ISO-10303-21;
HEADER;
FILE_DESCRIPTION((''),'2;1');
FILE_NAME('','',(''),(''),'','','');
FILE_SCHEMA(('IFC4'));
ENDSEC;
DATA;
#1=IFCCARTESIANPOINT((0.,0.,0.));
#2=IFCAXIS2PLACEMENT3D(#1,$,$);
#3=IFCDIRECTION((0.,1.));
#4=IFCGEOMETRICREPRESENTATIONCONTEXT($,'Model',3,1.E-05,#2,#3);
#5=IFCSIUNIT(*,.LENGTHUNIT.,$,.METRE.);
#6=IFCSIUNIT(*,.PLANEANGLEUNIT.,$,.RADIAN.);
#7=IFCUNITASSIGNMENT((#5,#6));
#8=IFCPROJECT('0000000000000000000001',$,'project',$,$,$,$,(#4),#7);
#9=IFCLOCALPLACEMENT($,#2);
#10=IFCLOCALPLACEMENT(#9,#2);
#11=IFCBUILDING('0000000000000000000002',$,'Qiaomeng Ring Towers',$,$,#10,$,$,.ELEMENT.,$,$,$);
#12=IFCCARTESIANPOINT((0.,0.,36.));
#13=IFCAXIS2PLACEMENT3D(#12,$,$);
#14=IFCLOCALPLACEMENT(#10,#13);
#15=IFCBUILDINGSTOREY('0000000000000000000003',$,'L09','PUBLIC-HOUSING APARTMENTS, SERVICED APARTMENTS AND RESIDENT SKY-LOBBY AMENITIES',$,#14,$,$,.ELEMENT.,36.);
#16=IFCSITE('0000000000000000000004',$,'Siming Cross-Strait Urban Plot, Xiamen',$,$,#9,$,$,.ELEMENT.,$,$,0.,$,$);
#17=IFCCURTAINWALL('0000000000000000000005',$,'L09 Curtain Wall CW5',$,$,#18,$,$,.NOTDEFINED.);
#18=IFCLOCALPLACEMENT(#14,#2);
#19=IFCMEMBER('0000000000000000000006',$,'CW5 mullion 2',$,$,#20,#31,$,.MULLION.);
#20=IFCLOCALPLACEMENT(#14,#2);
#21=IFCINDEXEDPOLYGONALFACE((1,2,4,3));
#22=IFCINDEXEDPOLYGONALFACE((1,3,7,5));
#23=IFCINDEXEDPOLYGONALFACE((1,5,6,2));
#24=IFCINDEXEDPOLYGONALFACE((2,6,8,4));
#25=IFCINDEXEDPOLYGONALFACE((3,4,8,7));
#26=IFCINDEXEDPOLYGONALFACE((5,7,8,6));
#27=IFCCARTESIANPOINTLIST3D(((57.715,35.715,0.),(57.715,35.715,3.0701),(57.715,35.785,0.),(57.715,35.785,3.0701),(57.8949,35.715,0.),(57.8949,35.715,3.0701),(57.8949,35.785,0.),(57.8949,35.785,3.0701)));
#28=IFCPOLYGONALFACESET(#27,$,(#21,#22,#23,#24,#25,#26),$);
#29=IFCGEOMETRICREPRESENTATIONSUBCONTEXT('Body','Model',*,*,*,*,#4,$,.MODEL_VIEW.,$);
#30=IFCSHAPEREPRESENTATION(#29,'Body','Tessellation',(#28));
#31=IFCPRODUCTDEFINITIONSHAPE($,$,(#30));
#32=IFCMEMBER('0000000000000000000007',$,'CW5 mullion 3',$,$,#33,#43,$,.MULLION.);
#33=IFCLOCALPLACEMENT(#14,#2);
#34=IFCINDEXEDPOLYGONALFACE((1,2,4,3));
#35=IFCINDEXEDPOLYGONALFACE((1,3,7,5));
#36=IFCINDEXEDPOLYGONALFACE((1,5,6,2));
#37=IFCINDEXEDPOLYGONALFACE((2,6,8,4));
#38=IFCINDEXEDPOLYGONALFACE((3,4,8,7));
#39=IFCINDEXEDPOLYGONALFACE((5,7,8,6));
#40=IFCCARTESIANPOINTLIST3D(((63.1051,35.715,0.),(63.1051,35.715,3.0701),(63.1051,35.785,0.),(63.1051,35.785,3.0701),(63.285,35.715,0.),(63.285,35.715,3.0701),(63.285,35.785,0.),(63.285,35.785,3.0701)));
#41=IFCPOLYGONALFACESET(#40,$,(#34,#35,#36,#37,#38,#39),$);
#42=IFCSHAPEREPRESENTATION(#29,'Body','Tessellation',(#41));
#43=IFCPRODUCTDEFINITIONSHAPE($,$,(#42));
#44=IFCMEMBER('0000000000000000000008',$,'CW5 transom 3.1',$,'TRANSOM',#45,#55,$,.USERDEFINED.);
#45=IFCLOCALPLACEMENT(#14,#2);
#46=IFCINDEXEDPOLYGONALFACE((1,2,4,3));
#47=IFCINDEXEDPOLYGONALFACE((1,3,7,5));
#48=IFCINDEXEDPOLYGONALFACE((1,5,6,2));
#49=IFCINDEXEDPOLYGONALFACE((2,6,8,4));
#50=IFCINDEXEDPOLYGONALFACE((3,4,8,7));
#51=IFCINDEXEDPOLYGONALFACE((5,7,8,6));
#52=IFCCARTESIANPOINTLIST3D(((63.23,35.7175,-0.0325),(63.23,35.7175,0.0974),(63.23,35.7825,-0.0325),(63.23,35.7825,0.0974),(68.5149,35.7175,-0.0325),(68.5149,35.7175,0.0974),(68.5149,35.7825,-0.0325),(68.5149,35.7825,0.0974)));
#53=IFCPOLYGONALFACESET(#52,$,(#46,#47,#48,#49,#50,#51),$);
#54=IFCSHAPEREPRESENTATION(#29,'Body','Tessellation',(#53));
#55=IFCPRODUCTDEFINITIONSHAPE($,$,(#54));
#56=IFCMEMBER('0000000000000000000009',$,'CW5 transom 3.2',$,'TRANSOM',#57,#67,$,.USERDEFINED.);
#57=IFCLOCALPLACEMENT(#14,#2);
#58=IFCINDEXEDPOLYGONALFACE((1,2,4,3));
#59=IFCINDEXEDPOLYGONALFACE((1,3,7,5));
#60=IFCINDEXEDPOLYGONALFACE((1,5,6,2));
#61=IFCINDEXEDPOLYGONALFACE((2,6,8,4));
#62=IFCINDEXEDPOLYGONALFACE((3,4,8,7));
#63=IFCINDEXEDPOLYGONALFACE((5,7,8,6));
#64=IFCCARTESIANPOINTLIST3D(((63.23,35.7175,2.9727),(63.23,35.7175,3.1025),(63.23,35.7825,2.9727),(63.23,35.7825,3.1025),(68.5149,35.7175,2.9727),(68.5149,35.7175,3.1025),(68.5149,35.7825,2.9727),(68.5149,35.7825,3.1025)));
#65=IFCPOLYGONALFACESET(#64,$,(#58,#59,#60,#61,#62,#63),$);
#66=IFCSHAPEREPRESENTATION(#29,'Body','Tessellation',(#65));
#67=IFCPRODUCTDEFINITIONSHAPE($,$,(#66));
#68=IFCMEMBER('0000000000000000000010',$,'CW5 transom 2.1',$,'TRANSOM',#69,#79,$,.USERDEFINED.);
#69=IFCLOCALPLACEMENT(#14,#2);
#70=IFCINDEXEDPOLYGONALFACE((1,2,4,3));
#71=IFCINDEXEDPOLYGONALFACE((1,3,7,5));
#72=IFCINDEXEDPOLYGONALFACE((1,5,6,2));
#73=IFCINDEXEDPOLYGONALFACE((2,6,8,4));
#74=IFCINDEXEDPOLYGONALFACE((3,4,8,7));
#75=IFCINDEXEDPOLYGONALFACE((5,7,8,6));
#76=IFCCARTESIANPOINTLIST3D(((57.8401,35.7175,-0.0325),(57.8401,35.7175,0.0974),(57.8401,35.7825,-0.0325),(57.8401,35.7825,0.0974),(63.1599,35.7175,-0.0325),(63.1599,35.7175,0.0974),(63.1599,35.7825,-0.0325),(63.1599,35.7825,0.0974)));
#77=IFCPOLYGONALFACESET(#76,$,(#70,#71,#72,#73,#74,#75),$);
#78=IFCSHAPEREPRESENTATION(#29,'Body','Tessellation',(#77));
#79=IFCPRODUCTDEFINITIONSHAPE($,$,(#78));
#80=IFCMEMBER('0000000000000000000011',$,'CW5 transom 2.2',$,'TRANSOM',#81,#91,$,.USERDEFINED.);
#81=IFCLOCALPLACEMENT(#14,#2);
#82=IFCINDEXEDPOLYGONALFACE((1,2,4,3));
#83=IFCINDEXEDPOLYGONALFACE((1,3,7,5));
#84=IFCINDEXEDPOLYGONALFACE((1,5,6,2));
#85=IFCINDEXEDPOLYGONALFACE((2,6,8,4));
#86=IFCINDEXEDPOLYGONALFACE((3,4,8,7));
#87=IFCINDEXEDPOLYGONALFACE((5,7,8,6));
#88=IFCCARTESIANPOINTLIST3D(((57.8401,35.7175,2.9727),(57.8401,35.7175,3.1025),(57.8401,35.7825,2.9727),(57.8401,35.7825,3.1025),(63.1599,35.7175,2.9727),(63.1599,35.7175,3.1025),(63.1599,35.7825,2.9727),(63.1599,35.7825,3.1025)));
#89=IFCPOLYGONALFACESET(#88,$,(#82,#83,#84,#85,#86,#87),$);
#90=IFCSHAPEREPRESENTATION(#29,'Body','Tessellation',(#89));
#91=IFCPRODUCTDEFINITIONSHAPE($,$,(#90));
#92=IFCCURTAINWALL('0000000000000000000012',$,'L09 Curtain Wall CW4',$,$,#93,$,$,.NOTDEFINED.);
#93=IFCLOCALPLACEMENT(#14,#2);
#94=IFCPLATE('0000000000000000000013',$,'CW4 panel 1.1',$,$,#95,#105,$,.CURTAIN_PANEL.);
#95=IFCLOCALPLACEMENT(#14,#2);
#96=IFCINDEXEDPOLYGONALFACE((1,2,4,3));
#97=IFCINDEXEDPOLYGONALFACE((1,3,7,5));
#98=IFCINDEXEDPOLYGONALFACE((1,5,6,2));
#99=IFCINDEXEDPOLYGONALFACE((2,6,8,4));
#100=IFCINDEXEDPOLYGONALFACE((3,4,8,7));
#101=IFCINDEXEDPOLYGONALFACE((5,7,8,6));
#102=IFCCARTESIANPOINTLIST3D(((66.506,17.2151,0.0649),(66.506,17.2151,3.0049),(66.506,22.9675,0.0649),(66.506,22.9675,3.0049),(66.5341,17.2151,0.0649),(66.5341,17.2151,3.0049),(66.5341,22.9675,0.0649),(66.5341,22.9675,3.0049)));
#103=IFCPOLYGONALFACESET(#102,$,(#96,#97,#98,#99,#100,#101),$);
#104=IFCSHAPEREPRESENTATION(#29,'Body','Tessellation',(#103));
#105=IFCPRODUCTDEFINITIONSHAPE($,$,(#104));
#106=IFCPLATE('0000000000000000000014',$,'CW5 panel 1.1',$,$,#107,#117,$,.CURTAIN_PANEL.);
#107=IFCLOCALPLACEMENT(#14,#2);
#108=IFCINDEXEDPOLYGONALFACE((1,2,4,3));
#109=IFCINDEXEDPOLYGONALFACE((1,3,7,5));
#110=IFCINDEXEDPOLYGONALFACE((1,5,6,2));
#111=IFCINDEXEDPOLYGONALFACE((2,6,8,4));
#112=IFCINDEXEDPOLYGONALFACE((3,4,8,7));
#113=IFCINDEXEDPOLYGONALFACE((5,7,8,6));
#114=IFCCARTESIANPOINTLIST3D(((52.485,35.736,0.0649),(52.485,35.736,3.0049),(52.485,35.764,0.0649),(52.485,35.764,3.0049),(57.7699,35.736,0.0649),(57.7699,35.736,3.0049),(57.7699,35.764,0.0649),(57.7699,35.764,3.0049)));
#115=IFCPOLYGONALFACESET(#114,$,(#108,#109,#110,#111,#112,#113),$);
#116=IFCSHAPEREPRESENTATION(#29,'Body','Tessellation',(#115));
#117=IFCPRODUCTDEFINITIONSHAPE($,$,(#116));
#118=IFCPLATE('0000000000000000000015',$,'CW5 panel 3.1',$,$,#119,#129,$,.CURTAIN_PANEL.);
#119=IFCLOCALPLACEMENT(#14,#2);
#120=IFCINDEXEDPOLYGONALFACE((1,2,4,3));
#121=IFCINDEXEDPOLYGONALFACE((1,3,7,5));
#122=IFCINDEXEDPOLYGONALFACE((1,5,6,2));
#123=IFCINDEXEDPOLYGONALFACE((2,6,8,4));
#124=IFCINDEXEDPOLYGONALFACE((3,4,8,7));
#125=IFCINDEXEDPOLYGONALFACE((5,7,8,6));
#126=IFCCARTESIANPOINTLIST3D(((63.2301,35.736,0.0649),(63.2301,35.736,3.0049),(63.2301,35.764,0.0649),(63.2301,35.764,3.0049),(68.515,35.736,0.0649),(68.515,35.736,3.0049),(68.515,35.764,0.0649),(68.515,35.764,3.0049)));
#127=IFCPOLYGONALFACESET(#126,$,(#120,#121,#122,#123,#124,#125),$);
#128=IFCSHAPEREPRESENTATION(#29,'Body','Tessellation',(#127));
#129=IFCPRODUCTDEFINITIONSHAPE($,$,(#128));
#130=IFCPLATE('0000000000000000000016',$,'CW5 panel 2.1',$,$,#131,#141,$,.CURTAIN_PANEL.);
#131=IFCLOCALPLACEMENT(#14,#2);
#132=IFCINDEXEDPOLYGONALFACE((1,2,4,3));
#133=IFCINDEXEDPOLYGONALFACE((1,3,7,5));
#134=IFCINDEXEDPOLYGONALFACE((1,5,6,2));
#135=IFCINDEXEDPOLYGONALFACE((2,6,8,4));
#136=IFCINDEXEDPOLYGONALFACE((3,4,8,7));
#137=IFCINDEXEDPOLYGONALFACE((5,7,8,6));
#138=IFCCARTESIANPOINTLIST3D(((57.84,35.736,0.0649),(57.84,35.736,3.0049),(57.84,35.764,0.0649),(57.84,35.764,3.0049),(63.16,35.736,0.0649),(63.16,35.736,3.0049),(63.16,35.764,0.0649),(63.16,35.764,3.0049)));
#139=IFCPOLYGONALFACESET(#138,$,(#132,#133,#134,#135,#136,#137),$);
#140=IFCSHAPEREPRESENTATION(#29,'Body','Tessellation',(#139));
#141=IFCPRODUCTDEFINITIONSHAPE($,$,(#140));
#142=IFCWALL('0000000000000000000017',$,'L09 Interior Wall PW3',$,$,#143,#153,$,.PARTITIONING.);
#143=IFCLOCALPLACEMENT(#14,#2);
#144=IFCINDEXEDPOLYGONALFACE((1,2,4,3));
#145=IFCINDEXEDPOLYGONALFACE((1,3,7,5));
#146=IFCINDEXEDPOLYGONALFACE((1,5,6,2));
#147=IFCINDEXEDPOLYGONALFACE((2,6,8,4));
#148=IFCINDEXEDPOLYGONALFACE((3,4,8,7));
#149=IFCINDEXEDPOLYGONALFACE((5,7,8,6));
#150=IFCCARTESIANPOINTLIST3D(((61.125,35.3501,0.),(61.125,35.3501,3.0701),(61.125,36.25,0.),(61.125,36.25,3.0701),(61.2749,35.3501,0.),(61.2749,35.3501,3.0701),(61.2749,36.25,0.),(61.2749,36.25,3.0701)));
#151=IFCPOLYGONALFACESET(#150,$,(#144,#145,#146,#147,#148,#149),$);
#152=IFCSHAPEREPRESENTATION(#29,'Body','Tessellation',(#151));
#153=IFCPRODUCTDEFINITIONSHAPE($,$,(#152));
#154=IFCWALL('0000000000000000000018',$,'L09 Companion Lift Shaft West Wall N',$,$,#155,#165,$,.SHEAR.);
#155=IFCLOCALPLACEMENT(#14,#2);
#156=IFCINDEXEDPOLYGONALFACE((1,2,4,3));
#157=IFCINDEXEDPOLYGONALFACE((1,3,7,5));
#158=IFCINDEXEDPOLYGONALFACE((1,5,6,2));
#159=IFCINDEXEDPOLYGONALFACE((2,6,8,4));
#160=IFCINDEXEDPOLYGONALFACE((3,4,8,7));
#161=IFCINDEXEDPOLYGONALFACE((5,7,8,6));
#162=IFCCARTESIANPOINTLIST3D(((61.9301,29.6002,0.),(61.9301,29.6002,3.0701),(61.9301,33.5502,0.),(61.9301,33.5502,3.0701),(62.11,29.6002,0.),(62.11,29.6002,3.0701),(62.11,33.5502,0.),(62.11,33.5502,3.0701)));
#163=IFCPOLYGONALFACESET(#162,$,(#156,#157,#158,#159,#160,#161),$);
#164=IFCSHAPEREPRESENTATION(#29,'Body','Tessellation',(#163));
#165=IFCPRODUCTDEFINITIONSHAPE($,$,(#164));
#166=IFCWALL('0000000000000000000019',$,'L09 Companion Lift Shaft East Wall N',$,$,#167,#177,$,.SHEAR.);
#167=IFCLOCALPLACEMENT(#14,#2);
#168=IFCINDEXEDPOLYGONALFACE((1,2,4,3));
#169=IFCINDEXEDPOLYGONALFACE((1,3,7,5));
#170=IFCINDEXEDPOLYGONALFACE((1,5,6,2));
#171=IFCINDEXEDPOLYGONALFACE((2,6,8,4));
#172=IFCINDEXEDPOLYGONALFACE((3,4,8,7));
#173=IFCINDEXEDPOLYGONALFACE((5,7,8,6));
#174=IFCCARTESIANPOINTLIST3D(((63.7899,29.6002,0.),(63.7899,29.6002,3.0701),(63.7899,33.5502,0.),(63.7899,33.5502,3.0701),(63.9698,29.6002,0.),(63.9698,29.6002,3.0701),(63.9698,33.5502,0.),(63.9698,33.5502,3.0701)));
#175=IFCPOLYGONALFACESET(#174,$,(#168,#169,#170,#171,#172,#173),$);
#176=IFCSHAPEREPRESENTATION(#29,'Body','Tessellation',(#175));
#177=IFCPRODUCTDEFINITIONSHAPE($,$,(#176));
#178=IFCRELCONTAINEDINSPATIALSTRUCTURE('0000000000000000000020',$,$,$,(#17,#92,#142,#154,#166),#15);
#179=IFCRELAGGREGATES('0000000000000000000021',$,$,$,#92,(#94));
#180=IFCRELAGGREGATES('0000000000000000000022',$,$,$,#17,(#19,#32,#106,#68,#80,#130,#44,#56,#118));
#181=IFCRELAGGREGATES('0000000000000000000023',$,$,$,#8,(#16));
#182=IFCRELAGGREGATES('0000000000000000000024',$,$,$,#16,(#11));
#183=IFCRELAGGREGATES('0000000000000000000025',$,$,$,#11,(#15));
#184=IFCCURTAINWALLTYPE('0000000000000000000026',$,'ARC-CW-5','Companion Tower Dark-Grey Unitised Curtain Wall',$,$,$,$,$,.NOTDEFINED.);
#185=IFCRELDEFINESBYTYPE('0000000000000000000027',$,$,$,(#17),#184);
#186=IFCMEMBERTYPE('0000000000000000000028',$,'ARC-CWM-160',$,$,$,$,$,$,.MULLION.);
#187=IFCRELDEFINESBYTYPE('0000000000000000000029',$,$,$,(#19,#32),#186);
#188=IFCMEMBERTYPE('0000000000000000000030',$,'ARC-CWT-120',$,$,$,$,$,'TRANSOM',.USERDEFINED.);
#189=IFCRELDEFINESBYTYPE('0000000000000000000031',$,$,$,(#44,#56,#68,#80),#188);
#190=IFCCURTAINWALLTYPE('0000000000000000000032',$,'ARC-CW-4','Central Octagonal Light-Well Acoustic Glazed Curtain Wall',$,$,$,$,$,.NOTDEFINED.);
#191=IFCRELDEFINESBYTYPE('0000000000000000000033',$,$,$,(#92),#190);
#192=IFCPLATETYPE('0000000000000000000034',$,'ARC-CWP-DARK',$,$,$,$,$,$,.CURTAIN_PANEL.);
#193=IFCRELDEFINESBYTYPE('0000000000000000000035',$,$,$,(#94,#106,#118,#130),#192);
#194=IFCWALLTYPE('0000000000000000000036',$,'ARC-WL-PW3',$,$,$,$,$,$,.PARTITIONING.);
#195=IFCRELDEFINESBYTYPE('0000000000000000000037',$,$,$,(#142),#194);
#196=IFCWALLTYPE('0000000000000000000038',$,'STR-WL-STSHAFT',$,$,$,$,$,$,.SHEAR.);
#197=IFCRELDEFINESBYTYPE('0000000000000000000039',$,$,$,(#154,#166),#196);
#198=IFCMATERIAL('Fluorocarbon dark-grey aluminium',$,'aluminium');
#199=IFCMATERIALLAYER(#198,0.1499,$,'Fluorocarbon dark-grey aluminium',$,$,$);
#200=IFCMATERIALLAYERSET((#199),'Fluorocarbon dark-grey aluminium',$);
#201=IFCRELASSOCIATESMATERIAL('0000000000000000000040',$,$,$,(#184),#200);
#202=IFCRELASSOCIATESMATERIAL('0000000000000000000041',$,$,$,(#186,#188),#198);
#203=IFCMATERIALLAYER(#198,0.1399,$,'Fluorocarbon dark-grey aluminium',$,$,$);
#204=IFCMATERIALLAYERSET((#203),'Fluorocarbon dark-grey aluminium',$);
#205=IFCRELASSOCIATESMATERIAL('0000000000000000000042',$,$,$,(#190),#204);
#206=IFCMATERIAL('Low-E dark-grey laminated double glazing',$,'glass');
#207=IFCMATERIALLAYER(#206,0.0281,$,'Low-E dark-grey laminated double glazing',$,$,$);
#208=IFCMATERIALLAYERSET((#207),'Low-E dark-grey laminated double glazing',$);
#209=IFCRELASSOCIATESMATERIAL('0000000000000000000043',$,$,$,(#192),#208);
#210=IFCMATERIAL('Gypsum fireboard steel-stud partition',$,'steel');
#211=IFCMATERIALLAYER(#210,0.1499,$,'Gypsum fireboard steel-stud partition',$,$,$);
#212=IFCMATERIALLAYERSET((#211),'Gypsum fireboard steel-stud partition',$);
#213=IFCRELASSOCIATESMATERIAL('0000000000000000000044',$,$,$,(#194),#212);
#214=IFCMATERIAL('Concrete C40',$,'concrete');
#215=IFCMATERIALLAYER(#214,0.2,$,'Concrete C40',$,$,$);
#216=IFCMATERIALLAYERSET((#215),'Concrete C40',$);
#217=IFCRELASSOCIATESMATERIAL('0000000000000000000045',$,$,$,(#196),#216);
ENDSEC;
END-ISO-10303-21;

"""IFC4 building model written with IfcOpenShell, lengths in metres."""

from ifc_helpers import new_model, si_unit, direction, frame, frame_2d, origin, origin_2d, place, context, subcontext, project, spatial, rectangle, extrude, source, transform, mapped, material, layer, layer_set, material_profile, profile_set, type_object, element, aggregate, save


model = new_model("IFC4")

# Units and contexts
model_context = context("Model", 3, precision=1e-05, world=origin(), true_north=direction((0.0, 1.0)))
body_context = subcontext(model_context, "Body", "Model", "MODEL_VIEW")
ifc_project = project(units=[si_unit("LENGTHUNIT", "METRE"), si_unit("PLANEANGLEUNIT", "RADIAN")], contexts=[model_context])

# Site, building, storey
site_placement = place(None, origin())
site = spatial("IfcSite", under=ifc_project, at=site_placement, Name="Siming Cross-Strait Urban Plot, Xiamen", CompositionType="ELEMENT", RefElevation=0.0)
building_placement = place(site_placement, origin())
building = spatial("IfcBuilding", under=site, at=building_placement, Name="Qiaomeng Ring Towers", CompositionType="ELEMENT")
storey_placement = place(building_placement, frame((0.0, 0.0, 36.0)))
storey = spatial("IfcBuildingStorey", under=building, at=storey_placement, Name="L09", Description="PUBLIC-HOUSING APARTMENTS, SERVICED APARTMENTS AND RESIDENT SKY-LOBBY AMENITIES", CompositionType="ELEMENT", Elevation=36.0)

# Curtain wall, members
ifc_material_1 = material(Name="Fluorocarbon dark-grey aluminium", Category="aluminium")
ifc_layer_1 = layer(ifc_material_1, 0.1499, Name="Fluorocarbon dark-grey aluminium")
ifc_layer_set_1 = layer_set([ifc_layer_1], Name="Fluorocarbon dark-grey aluminium")
curtain_wall_type_1 = type_object("IfcCurtainWallType", Name="ARC-CW-5", Description="Companion Tower Dark-Grey Unitised Curtain Wall", PredefinedType="NOTDEFINED", material=ifc_layer_set_1)
curtain_wall_1_placement = place(storey_placement, origin())
curtain_wall_1 = element("IfcCurtainWall", 1, at=curtain_wall_1_placement, inside=storey, type_object=curtain_wall_type_1, Name="L09 Curtain Wall CW5", PredefinedType="NOTDEFINED")
ifc_material_profile_1 = material_profile(ifc_material_1, rectangle(XDim=0.0701, YDim=0.1799, at=origin_2d()), Name="ALU MULL 70x180")
ifc_profile_set_1 = profile_set([ifc_material_profile_1], Name="Fluorocarbon dark-grey aluminium")
member_type_1 = type_object("IfcMemberType", Name="ARC-CWM-160", PredefinedType="MULLION", material=ifc_profile_set_1)
shared_shape_1 = source(origin(), body_context, "Body", "SweptSolid", [
    extrude(rectangle(XDim=0.0701, YDim=0.1799, at=origin_2d()), origin(), (0.0, 0.0, 1.0), 3.0701),
])
member_1_placement = place(storey_placement, frame((57.8049, 35.75, 0.0), z_axis=(0.0, 0.0, 1.0), x_axis=(0.0, 1.0, 0.0)))
member_1 = element("IfcMember", 2, at=member_1_placement, type_object=member_type_1, Name="CW5 mullion 2", PredefinedType="MULLION", context=body_context, shape_type="MappedRepresentation", body=[
    mapped(shared_shape_1, transform((0.0, 0.0, 0.0), x_axis=(1.0, 0.0, 0.0), y_axis=(0.0, 1.0, 0.0), z_axis=(0.0, 0.0, 1.0), scale=1.0)),
])
member_2_placement = place(storey_placement, frame((63.1951, 35.75, 0.0), z_axis=(0.0, 0.0, 1.0), x_axis=(0.0, 1.0, 0.0)))
member_2 = element("IfcMember", 3, at=member_2_placement, type_object=member_type_1, Name="CW5 mullion 3", PredefinedType="MULLION", context=body_context, shape_type="MappedRepresentation", body=[
    mapped(shared_shape_1, transform((0.0, 0.0, 0.0), x_axis=(1.0, 0.0, 0.0), y_axis=(0.0, 1.0, 0.0), z_axis=(0.0, 0.0, 1.0), scale=1.0)),
])
ifc_material_profile_2 = material_profile(ifc_material_1, rectangle(XDim=0.0649, YDim=0.1299, at=origin_2d()), Name="ALU TRAN 65x130")
ifc_profile_set_2 = profile_set([ifc_material_profile_2], Name="Fluorocarbon dark-grey aluminium")
member_type_2 = type_object("IfcMemberType", Name="ARC-CWT-120", ElementType="TRANSOM", PredefinedType="USERDEFINED", material=ifc_profile_set_2)
shared_shape_2 = source(origin(), body_context, "Body", "SweptSolid", [
    extrude(rectangle(XDim=0.0649, YDim=0.1299, at=origin_2d()), origin(), (0.0, 0.0, 1.0), 5.2849),
])
member_3_placement = place(storey_placement, frame((63.23, 35.75, 0.0325), z_axis=(1.0, 0.0, 0.0), x_axis=(0.0, 1.0, 0.0)))
member_3 = element("IfcMember", 4, at=member_3_placement, type_object=member_type_2, Name="CW5 transom 3.1", ObjectType="TRANSOM", PredefinedType="USERDEFINED", context=body_context, shape_type="MappedRepresentation", body=[
    mapped(shared_shape_2, transform((0.0, 0.0, 0.0), x_axis=(1.0, 0.0, 0.0), y_axis=(0.0, 1.0, 0.0), z_axis=(0.0, 0.0, 1.0), scale=1.0)),
])
member_4_placement = place(storey_placement, frame((63.23, 35.75, 3.0376), z_axis=(1.0, 0.0, 0.0), x_axis=(0.0, 1.0, 0.0)))
member_4 = element("IfcMember", 5, at=member_4_placement, type_object=member_type_2, Name="CW5 transom 3.2", ObjectType="TRANSOM", PredefinedType="USERDEFINED", context=body_context, shape_type="MappedRepresentation", body=[
    mapped(shared_shape_2, transform((0.0, 0.0, 0.0), x_axis=(1.0, 0.0, 0.0), y_axis=(0.0, 1.0, 0.0), z_axis=(0.0, 0.0, 1.0), scale=1.0)),
])
shared_shape_3 = source(origin(), body_context, "Body", "SweptSolid", [
    extrude(rectangle(XDim=0.0649, YDim=0.1299, at=origin_2d()), origin(), (0.0, 0.0, 1.0), 5.3198),
])
member_5_placement = place(storey_placement, frame((57.8401, 35.75, 0.0325), z_axis=(1.0, 0.0, 0.0), x_axis=(0.0, 1.0, 0.0)))
member_5 = element("IfcMember", 6, at=member_5_placement, type_object=member_type_2, Name="CW5 transom 2.1", ObjectType="TRANSOM", PredefinedType="USERDEFINED", context=body_context, shape_type="MappedRepresentation", body=[
    mapped(shared_shape_3, transform((0.0, 0.0, 0.0), x_axis=(1.0, 0.0, 0.0), y_axis=(0.0, 1.0, 0.0), z_axis=(0.0, 0.0, 1.0), scale=1.0)),
])
member_6_placement = place(storey_placement, frame((57.8401, 35.75, 3.0376), z_axis=(1.0, 0.0, 0.0), x_axis=(0.0, 1.0, 0.0)))
member_6 = element("IfcMember", 7, at=member_6_placement, type_object=member_type_2, Name="CW5 transom 2.2", ObjectType="TRANSOM", PredefinedType="USERDEFINED", context=body_context, shape_type="MappedRepresentation", body=[
    mapped(shared_shape_3, transform((0.0, 0.0, 0.0), x_axis=(1.0, 0.0, 0.0), y_axis=(0.0, 1.0, 0.0), z_axis=(0.0, 0.0, 1.0), scale=1.0)),
])

# Curtain wall, plate
ifc_layer_2 = layer(ifc_material_1, 0.1399, Name="Fluorocarbon dark-grey aluminium")
ifc_layer_set_2 = layer_set([ifc_layer_2], Name="Fluorocarbon dark-grey aluminium")
curtain_wall_type_2 = type_object("IfcCurtainWallType", Name="ARC-CW-4", Description="Central Octagonal Light-Well Acoustic Glazed Curtain Wall", PredefinedType="NOTDEFINED", material=ifc_layer_set_2)
curtain_wall_2_placement = place(storey_placement, origin())
curtain_wall_2 = element("IfcCurtainWall", 8, at=curtain_wall_2_placement, inside=storey, type_object=curtain_wall_type_2, Name="L09 Curtain Wall CW4", PredefinedType="NOTDEFINED")
ifc_material_2 = material(Name="Low-E dark-grey laminated double glazing", Category="glass")
ifc_layer_3 = layer(ifc_material_2, 0.0281, Name="Low-E dark-grey laminated double glazing")
ifc_layer_set_3 = layer_set([ifc_layer_3], Name="Low-E dark-grey laminated double glazing")
plate_type = type_object("IfcPlateType", Name="ARC-CWP-DARK", PredefinedType="CURTAIN_PANEL", material=ifc_layer_set_3)
shared_shape_4 = source(origin(), body_context, "Body", "SweptSolid", [
    extrude(rectangle(XDim=5.7524, YDim=0.0281, at=origin_2d()), origin(), (0.0, 0.0, 1.0), 2.9399),
])
plate_1_placement = place(storey_placement, frame((66.52, 20.0913, 0.0649), z_axis=(0.0, 0.0, 1.0), x_axis=(0.0, 1.0, 0.0)))
plate_1 = element("IfcPlate", 9, at=plate_1_placement, type_object=plate_type, Name="CW4 panel 1.1", PredefinedType="CURTAIN_PANEL", context=body_context, shape_type="MappedRepresentation", body=[
    mapped(shared_shape_4, transform((0.0, 0.0, 0.0), x_axis=(1.0, 0.0, 0.0), y_axis=(0.0, 1.0, 0.0), z_axis=(0.0, 0.0, 1.0), scale=1.0)),
])
aggregate(curtain_wall_2, [plate_1])

# Plates
shared_shape_5 = source(origin(), body_context, "Body", "SweptSolid", [
    extrude(rectangle(XDim=5.2849, YDim=0.0281, at=origin_2d()), origin(), (0.0, 0.0, 1.0), 2.9399),
])
plate_2_placement = place(storey_placement, frame((55.1274, 35.75, 0.0649), z_axis=(0.0, 0.0, 1.0), x_axis=(1.0, 0.0, 0.0)))
plate_2 = element("IfcPlate", 10, at=plate_2_placement, type_object=plate_type, Name="CW5 panel 1.1", PredefinedType="CURTAIN_PANEL", context=body_context, shape_type="MappedRepresentation", body=[
    mapped(shared_shape_5, transform((0.0, 0.0, 0.0), x_axis=(1.0, 0.0, 0.0), y_axis=(0.0, 1.0, 0.0), z_axis=(0.0, 0.0, 1.0), scale=1.0)),
])
plate_3_placement = place(storey_placement, frame((65.8726, 35.75, 0.0649), z_axis=(0.0, 0.0, 1.0), x_axis=(1.0, 0.0, 0.0)))
plate_3 = element("IfcPlate", 11, at=plate_3_placement, type_object=plate_type, Name="CW5 panel 3.1", PredefinedType="CURTAIN_PANEL", context=body_context, shape_type="MappedRepresentation", body=[
    mapped(shared_shape_5, transform((0.0, 0.0, 0.0), x_axis=(1.0, 0.0, 0.0), y_axis=(0.0, 1.0, 0.0), z_axis=(0.0, 0.0, 1.0), scale=1.0)),
])
shared_shape_6 = source(origin(), body_context, "Body", "SweptSolid", [
    extrude(rectangle(XDim=5.3201, YDim=0.0281, at=origin_2d()), origin(), (0.0, 0.0, 1.0), 2.9399),
])
plate_4_placement = place(storey_placement, frame((60.5, 35.75, 0.0649), z_axis=(0.0, 0.0, 1.0), x_axis=(1.0, 0.0, 0.0)))
plate_4 = element("IfcPlate", 12, at=plate_4_placement, type_object=plate_type, Name="CW5 panel 2.1", PredefinedType="CURTAIN_PANEL", context=body_context, shape_type="MappedRepresentation", body=[
    mapped(shared_shape_6, transform((0.0, 0.0, 0.0), x_axis=(1.0, 0.0, 0.0), y_axis=(0.0, 1.0, 0.0), z_axis=(0.0, 0.0, 1.0), scale=1.0)),
])
aggregate(curtain_wall_1, [member_1, member_2, plate_2, member_5, member_6, plate_4, member_3, member_4, plate_3])

# Walls
ifc_material_3 = material(Name="Gypsum fireboard steel-stud partition", Category="steel")
ifc_layer_4 = layer(ifc_material_3, 0.1499, Name="Gypsum fireboard steel-stud partition")
ifc_layer_set_4 = layer_set([ifc_layer_4], Name="Gypsum fireboard steel-stud partition")
wall_type_1 = type_object("IfcWallType", Name="ARC-WL-PW3", PredefinedType="PARTITIONING", material=ifc_layer_set_4)
wall_1_placement = place(storey_placement, frame((61.2, 35.3501, 0.0), z_axis=(0.0, 0.0, 1.0), x_axis=(0.0, 1.0, 0.0)))
element("IfcWall", 13, at=wall_1_placement, inside=storey, type_object=wall_type_1, Name="L09 Interior Wall PW3", PredefinedType="PARTITIONING", context=body_context, shape_type="SweptSolid", body=[
    extrude(rectangle(XDim=0.8999, YDim=0.1499, at=frame_2d((0.45, 0.0))), origin(), (0.0, 0.0, 1.0), 3.0701),
])
ifc_material_4 = material(Name="Concrete C40", Category="concrete")
ifc_layer_5 = layer(ifc_material_4, 0.2, Name="Concrete C40")
ifc_layer_set_5 = layer_set([ifc_layer_5], Name="Concrete C40")
wall_type_2 = type_object("IfcWallType", Name="STR-WL-STSHAFT", PredefinedType="SHEAR", material=ifc_layer_set_5)
for number, where, z_axis, x_axis, name in (
    (14, (62.02, 29.6001, 0.0), (0.0, 0.0, 1.0), (0.0, 1.0, 0.0), "L09 Companion Lift Shaft West Wall N"),
    (15, (63.8799, 29.6001, 0.0), (0.0, 0.0, 1.0), (0.0, 1.0, 0.0), "L09 Companion Lift Shaft East Wall N"),
):
    element("IfcWall", number, at=place(storey_placement, frame(where, z_axis=z_axis, x_axis=x_axis)), inside=storey, type_object=wall_type_2, Name=name, PredefinedType="SHEAR", context=body_context, shape_type="SweptSolid", body=[
        extrude(rectangle(XDim=3.95, YDim=0.1799, at=frame_2d((1.9751, 0.0))), origin(), (0.0, 0.0, 1.0), 3.0701),
    ])

save(model, "model.ifc")
